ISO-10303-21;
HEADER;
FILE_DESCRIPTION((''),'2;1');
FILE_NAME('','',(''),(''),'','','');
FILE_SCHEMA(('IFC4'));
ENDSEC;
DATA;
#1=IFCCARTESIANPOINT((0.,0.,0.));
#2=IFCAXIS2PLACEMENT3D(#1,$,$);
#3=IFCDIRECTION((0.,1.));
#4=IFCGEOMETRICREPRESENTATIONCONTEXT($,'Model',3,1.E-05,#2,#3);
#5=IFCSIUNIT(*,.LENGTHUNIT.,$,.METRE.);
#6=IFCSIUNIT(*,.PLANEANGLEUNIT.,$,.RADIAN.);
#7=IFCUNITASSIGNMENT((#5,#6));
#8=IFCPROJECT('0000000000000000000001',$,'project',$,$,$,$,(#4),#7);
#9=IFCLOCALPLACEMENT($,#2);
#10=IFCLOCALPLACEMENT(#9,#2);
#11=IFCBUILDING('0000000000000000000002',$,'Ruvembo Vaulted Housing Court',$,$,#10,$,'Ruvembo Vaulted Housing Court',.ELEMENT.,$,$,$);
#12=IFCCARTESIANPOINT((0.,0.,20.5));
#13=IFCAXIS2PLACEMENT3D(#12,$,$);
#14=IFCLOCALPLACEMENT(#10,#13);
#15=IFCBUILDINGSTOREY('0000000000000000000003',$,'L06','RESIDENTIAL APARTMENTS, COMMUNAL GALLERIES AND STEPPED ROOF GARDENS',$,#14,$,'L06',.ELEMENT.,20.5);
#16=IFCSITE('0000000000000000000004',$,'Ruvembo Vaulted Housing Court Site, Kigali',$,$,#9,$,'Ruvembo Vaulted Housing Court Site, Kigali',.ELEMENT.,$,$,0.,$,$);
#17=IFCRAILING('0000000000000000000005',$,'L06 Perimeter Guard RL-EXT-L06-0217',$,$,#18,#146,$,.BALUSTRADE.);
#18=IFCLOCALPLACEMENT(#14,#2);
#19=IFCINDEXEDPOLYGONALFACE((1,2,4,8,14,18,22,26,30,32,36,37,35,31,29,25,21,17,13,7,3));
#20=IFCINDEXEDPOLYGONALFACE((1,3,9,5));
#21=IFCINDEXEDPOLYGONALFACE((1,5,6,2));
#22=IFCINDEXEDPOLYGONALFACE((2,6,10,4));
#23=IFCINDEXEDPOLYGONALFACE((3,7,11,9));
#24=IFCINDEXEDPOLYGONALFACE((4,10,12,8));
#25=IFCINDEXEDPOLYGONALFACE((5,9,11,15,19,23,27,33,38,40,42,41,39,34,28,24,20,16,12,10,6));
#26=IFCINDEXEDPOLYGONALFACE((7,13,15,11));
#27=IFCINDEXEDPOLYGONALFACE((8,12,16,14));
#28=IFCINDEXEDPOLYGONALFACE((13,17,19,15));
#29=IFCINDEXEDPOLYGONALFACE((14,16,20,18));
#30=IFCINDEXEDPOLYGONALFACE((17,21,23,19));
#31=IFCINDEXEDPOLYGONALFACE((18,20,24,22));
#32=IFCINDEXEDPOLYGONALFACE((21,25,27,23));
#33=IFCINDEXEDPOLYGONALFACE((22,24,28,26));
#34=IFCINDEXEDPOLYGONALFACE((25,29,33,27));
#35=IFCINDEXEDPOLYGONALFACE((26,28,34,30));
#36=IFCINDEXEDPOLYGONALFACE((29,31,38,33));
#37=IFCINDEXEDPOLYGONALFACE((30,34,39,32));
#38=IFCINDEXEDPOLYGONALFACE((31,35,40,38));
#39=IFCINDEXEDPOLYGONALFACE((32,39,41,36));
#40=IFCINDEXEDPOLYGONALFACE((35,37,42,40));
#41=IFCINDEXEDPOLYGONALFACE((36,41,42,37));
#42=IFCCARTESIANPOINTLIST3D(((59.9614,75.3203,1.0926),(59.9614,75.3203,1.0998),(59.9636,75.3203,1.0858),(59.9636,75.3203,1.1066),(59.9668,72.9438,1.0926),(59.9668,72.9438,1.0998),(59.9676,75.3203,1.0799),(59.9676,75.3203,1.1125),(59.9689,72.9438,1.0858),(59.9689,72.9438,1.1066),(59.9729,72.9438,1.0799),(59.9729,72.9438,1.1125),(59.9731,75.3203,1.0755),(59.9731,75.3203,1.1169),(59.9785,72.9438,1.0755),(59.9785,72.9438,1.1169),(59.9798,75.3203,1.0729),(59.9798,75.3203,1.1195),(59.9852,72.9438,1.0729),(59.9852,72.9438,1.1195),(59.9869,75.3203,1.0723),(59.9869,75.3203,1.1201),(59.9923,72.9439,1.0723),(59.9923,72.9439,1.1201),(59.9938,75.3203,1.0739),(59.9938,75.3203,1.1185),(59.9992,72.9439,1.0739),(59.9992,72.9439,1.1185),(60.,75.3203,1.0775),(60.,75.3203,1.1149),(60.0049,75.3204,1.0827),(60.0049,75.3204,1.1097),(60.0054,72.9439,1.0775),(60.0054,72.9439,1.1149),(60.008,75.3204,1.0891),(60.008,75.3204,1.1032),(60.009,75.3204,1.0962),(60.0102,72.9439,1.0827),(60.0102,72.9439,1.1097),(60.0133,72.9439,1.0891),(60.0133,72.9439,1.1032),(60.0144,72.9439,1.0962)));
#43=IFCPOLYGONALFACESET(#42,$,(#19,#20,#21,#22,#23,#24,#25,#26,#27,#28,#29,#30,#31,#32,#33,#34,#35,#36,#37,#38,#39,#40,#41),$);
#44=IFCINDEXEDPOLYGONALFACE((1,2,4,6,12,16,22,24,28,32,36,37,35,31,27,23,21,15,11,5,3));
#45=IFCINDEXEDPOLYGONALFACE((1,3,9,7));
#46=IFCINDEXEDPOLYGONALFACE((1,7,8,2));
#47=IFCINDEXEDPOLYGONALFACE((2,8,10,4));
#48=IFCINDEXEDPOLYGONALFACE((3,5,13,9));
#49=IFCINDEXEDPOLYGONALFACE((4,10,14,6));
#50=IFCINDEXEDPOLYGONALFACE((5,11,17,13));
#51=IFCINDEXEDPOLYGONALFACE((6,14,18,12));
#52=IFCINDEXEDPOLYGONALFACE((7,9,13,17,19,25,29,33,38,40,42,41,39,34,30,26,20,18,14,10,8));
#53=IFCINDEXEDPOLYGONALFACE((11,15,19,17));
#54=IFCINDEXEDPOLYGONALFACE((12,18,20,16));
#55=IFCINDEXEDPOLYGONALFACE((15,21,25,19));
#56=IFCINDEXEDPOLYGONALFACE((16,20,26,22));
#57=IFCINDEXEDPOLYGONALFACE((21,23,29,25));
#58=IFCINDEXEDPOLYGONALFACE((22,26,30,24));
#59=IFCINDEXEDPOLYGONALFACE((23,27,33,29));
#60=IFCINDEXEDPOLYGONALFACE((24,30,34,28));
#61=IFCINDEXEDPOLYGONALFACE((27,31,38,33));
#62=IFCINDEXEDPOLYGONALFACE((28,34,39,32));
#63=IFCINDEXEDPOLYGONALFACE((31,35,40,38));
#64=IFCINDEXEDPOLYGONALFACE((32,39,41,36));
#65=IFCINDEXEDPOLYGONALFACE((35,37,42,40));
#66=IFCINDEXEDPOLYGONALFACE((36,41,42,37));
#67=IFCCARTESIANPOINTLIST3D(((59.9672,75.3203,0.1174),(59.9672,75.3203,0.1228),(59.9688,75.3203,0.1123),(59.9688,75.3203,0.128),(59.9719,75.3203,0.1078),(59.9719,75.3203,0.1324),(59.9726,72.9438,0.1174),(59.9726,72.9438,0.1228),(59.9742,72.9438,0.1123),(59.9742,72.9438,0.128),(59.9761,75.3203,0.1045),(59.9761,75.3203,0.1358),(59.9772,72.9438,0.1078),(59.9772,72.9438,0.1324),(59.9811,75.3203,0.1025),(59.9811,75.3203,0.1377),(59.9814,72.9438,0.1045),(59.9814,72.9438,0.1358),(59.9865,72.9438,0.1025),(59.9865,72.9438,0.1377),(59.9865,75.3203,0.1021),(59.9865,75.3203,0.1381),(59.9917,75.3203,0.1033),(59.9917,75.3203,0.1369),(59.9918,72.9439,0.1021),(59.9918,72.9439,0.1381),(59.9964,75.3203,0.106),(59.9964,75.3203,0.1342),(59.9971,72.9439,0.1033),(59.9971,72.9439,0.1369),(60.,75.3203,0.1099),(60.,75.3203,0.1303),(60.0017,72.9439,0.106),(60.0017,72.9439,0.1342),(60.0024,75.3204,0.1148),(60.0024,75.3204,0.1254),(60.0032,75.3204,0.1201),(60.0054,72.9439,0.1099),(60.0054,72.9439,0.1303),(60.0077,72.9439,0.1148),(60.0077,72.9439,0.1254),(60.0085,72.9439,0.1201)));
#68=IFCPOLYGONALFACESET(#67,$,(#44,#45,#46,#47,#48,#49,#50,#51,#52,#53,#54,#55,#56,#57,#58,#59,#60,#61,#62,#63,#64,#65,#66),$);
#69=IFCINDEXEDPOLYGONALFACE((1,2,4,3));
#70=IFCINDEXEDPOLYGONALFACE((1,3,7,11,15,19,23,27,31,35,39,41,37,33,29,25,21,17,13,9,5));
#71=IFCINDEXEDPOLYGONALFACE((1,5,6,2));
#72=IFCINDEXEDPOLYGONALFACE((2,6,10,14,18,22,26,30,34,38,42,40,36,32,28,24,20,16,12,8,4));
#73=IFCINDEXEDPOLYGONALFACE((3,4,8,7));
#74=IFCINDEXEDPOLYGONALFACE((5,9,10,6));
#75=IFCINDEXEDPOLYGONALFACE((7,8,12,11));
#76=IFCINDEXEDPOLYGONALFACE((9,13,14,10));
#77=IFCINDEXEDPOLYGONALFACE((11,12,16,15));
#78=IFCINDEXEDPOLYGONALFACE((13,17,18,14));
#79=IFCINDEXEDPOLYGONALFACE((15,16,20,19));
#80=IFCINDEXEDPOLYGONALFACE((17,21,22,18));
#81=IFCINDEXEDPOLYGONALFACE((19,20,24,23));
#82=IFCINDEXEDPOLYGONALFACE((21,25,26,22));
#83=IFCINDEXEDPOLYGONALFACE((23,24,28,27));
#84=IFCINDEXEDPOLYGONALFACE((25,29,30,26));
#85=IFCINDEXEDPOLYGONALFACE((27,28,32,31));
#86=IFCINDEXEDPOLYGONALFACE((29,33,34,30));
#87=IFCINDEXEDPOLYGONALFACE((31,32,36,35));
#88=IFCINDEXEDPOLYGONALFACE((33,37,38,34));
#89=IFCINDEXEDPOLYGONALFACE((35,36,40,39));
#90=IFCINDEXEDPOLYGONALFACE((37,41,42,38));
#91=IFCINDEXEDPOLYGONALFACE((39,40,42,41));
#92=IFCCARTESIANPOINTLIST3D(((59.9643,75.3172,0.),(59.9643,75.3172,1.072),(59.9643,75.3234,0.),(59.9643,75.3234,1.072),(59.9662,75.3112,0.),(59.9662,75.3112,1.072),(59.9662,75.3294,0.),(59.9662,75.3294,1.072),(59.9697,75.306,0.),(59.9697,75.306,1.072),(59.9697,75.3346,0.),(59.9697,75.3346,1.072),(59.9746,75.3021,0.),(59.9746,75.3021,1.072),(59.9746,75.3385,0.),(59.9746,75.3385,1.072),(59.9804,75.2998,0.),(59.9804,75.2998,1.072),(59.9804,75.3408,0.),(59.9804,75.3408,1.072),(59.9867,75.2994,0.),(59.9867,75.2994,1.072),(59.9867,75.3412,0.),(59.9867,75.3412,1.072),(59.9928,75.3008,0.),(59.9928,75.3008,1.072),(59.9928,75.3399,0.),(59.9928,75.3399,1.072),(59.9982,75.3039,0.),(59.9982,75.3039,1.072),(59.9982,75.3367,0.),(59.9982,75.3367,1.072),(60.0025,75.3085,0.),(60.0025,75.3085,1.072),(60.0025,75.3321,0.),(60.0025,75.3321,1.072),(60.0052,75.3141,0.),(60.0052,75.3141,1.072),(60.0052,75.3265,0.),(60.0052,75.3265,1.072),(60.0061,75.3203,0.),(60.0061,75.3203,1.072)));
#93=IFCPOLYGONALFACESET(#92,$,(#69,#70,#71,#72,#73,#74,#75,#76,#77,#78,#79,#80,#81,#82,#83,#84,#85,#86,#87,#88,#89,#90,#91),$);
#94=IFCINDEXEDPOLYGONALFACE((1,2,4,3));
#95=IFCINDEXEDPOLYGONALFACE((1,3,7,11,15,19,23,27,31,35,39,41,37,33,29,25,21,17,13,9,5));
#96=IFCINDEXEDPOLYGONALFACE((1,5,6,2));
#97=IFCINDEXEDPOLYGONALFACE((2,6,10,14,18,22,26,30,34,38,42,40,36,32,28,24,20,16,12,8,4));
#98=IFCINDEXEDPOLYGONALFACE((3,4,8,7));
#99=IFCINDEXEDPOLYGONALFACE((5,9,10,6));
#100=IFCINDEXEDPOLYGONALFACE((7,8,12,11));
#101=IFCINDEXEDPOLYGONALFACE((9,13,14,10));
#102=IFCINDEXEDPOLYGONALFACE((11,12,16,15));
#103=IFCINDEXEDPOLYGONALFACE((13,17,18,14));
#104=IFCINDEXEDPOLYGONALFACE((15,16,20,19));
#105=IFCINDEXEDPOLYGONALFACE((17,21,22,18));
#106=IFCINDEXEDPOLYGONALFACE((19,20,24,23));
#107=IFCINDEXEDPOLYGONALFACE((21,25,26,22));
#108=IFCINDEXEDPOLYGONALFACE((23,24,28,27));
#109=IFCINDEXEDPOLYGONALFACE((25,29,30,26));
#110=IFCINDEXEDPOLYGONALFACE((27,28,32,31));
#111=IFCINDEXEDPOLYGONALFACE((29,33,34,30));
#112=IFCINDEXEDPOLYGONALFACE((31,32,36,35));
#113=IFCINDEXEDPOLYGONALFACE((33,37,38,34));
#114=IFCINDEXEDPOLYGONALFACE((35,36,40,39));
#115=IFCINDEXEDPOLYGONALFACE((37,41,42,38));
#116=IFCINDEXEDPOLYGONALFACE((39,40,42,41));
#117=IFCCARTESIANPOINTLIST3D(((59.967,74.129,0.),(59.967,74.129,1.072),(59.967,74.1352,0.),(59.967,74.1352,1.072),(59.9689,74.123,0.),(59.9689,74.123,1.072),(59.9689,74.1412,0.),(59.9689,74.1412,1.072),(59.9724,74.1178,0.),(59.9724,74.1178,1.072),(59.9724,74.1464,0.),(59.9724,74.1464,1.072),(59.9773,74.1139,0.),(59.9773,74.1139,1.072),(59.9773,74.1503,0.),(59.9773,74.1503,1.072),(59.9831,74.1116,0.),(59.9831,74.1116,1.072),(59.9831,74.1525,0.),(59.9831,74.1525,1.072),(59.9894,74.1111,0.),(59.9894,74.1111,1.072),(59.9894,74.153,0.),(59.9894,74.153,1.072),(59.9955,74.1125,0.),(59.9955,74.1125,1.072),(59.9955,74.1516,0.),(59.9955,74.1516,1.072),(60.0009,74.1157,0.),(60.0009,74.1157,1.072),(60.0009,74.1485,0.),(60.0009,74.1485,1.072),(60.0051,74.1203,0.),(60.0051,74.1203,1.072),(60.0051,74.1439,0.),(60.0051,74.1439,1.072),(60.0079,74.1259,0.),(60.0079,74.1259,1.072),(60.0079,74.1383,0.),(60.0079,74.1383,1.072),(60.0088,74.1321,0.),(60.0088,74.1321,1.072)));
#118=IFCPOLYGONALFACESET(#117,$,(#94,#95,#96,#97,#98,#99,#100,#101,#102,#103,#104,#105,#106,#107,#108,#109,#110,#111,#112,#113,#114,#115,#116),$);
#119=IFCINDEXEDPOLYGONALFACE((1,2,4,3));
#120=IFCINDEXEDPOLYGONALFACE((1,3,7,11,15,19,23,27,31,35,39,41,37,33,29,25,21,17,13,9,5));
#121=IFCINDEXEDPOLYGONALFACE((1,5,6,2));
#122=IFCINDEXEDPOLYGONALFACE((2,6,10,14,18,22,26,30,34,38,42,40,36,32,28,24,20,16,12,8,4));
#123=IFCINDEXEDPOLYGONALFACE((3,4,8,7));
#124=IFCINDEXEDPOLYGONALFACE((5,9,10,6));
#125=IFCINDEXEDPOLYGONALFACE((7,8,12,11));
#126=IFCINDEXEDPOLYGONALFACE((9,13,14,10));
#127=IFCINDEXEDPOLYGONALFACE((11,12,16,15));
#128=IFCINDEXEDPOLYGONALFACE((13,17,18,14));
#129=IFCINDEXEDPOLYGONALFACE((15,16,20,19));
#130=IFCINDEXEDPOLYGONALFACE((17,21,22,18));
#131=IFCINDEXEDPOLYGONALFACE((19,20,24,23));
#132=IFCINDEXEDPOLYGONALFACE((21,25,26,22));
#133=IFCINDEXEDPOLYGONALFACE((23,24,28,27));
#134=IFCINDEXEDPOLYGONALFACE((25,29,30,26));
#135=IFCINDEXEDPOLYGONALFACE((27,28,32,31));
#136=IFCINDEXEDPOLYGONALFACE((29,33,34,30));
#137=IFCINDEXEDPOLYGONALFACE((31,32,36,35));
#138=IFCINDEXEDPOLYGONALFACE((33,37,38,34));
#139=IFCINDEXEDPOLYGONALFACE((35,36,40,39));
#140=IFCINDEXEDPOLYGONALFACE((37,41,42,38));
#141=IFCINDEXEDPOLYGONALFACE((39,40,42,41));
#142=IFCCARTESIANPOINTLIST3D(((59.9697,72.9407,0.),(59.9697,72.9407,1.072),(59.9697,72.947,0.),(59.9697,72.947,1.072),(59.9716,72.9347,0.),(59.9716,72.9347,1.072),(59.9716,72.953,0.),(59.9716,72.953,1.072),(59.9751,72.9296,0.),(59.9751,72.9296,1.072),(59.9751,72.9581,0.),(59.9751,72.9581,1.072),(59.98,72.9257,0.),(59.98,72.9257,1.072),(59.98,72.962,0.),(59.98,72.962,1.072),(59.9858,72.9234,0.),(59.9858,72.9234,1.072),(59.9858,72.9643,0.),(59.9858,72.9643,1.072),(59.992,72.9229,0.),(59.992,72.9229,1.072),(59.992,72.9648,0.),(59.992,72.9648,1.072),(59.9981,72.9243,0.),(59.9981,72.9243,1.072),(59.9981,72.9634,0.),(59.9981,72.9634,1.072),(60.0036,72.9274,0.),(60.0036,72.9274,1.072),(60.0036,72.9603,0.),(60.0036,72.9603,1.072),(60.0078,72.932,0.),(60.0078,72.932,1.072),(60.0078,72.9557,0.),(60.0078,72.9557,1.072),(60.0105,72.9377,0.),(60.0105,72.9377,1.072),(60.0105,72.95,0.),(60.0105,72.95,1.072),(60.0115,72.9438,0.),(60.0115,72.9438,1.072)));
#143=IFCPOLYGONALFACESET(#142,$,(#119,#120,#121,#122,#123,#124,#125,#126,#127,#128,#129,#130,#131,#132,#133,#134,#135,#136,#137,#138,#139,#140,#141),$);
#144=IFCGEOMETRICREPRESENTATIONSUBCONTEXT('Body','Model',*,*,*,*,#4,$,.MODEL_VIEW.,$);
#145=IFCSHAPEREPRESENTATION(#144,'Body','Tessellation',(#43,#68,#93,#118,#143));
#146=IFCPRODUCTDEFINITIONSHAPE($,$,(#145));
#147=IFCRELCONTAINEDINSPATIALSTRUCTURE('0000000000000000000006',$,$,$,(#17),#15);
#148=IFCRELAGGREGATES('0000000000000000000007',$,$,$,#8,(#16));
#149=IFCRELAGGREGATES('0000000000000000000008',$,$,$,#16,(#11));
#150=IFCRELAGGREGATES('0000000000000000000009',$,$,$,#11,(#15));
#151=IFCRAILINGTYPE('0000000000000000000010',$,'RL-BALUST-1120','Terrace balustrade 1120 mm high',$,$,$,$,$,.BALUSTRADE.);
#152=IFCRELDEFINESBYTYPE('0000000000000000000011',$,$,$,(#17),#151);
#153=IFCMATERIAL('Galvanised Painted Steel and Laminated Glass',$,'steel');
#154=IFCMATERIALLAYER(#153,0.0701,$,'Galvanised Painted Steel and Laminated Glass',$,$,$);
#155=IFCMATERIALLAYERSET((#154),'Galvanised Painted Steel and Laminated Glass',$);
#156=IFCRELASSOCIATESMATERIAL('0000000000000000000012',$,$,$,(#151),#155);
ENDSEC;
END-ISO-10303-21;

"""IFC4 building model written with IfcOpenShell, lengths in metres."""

from ifc_helpers import new_model, si_unit, direction, frame, origin, origin_2d, place, context, subcontext, project, spatial, circle, extrude, material, layer, layer_set, type_object, element, save


model = new_model("IFC4")

# Units and contexts
model_context = context("Model", 3, precision=1e-05, world=origin(), true_north=direction((0.0, 1.0)))
body_context = subcontext(model_context, "Body", "Model", "MODEL_VIEW")
ifc_project = project(units=[si_unit("LENGTHUNIT", "METRE"), si_unit("PLANEANGLEUNIT", "RADIAN")], contexts=[model_context])

# Site, building, storey
site_placement = place(None, origin())
site = spatial("IfcSite", under=ifc_project, at=site_placement, Name="Ruvembo Vaulted Housing Court Site, Kigali", LongName="Ruvembo Vaulted Housing Court Site, Kigali", CompositionType="ELEMENT", RefElevation=0.0)
building_placement = place(site_placement, origin())
building = spatial("IfcBuilding", under=site, at=building_placement, Name="Ruvembo Vaulted Housing Court", LongName="Ruvembo Vaulted Housing Court", CompositionType="ELEMENT")
storey_placement = place(building_placement, frame((0.0, 0.0, 20.5)))
storey = spatial("IfcBuildingStorey", under=building, at=storey_placement, Name="L06", Description="RESIDENTIAL APARTMENTS, COMMUNAL GALLERIES AND STEPPED ROOF GARDENS", LongName="L06", CompositionType="ELEMENT", Elevation=20.5)

# Railing
ifc_material_1 = material(Name="Galvanised Painted Steel and Laminated Glass", Category="steel")
ifc_layer = layer(ifc_material_1, 0.0701, Name="Galvanised Painted Steel and Laminated Glass")
ifc_layer_set = layer_set([ifc_layer], Name="Galvanised Painted Steel and Laminated Glass")
railing_type = type_object("IfcRailingType", Name="RL-BALUST-1120", Description="Terrace balustrade 1120 mm high", PredefinedType="BALUSTRADE", material=ifc_layer_set)
railing_1_placement = place(storey_placement, frame((59.9851, 75.3203, 0.0)))
element("IfcRailing", 1, at=railing_1_placement, inside=storey, type_object=railing_type, Name="L06 Perimeter Guard RL-EXT-L06-0217", PredefinedType="BALUSTRADE", context=body_context, shape_type="SweptSolid", body=[
    extrude(circle(Radius=0.0239, at=origin_2d()), frame((0.0, 0.0, 1.0962), z_axis=(0.00226, -0.999997, 0.0), x_axis=(0.999997, 0.00226, 0.0)), (0.0, 0.0, 1.0), 2.3765),
    extrude(circle(Radius=0.0181, at=origin_2d()), frame((0.0, 0.0, 0.1201), z_axis=(0.00226, -0.999997, 0.0), x_axis=(0.999997, 0.00226, 0.0)), (0.0, 0.0, 1.0), 2.3765),
    extrude(circle(Radius=0.021, at=origin_2d()), origin(), (0.0, 0.0, 1.0), 1.072),
    extrude(circle(Radius=0.021, at=origin_2d()), frame((0.0027, -1.1882, 0.0)), (0.0, 0.0, 1.0), 1.072),
    extrude(circle(Radius=0.021, at=origin_2d()), frame((0.0054, -2.3765, 0.0)), (0.0, 0.0, 1.0), 1.072),
])

save(model, "model.ifc")
